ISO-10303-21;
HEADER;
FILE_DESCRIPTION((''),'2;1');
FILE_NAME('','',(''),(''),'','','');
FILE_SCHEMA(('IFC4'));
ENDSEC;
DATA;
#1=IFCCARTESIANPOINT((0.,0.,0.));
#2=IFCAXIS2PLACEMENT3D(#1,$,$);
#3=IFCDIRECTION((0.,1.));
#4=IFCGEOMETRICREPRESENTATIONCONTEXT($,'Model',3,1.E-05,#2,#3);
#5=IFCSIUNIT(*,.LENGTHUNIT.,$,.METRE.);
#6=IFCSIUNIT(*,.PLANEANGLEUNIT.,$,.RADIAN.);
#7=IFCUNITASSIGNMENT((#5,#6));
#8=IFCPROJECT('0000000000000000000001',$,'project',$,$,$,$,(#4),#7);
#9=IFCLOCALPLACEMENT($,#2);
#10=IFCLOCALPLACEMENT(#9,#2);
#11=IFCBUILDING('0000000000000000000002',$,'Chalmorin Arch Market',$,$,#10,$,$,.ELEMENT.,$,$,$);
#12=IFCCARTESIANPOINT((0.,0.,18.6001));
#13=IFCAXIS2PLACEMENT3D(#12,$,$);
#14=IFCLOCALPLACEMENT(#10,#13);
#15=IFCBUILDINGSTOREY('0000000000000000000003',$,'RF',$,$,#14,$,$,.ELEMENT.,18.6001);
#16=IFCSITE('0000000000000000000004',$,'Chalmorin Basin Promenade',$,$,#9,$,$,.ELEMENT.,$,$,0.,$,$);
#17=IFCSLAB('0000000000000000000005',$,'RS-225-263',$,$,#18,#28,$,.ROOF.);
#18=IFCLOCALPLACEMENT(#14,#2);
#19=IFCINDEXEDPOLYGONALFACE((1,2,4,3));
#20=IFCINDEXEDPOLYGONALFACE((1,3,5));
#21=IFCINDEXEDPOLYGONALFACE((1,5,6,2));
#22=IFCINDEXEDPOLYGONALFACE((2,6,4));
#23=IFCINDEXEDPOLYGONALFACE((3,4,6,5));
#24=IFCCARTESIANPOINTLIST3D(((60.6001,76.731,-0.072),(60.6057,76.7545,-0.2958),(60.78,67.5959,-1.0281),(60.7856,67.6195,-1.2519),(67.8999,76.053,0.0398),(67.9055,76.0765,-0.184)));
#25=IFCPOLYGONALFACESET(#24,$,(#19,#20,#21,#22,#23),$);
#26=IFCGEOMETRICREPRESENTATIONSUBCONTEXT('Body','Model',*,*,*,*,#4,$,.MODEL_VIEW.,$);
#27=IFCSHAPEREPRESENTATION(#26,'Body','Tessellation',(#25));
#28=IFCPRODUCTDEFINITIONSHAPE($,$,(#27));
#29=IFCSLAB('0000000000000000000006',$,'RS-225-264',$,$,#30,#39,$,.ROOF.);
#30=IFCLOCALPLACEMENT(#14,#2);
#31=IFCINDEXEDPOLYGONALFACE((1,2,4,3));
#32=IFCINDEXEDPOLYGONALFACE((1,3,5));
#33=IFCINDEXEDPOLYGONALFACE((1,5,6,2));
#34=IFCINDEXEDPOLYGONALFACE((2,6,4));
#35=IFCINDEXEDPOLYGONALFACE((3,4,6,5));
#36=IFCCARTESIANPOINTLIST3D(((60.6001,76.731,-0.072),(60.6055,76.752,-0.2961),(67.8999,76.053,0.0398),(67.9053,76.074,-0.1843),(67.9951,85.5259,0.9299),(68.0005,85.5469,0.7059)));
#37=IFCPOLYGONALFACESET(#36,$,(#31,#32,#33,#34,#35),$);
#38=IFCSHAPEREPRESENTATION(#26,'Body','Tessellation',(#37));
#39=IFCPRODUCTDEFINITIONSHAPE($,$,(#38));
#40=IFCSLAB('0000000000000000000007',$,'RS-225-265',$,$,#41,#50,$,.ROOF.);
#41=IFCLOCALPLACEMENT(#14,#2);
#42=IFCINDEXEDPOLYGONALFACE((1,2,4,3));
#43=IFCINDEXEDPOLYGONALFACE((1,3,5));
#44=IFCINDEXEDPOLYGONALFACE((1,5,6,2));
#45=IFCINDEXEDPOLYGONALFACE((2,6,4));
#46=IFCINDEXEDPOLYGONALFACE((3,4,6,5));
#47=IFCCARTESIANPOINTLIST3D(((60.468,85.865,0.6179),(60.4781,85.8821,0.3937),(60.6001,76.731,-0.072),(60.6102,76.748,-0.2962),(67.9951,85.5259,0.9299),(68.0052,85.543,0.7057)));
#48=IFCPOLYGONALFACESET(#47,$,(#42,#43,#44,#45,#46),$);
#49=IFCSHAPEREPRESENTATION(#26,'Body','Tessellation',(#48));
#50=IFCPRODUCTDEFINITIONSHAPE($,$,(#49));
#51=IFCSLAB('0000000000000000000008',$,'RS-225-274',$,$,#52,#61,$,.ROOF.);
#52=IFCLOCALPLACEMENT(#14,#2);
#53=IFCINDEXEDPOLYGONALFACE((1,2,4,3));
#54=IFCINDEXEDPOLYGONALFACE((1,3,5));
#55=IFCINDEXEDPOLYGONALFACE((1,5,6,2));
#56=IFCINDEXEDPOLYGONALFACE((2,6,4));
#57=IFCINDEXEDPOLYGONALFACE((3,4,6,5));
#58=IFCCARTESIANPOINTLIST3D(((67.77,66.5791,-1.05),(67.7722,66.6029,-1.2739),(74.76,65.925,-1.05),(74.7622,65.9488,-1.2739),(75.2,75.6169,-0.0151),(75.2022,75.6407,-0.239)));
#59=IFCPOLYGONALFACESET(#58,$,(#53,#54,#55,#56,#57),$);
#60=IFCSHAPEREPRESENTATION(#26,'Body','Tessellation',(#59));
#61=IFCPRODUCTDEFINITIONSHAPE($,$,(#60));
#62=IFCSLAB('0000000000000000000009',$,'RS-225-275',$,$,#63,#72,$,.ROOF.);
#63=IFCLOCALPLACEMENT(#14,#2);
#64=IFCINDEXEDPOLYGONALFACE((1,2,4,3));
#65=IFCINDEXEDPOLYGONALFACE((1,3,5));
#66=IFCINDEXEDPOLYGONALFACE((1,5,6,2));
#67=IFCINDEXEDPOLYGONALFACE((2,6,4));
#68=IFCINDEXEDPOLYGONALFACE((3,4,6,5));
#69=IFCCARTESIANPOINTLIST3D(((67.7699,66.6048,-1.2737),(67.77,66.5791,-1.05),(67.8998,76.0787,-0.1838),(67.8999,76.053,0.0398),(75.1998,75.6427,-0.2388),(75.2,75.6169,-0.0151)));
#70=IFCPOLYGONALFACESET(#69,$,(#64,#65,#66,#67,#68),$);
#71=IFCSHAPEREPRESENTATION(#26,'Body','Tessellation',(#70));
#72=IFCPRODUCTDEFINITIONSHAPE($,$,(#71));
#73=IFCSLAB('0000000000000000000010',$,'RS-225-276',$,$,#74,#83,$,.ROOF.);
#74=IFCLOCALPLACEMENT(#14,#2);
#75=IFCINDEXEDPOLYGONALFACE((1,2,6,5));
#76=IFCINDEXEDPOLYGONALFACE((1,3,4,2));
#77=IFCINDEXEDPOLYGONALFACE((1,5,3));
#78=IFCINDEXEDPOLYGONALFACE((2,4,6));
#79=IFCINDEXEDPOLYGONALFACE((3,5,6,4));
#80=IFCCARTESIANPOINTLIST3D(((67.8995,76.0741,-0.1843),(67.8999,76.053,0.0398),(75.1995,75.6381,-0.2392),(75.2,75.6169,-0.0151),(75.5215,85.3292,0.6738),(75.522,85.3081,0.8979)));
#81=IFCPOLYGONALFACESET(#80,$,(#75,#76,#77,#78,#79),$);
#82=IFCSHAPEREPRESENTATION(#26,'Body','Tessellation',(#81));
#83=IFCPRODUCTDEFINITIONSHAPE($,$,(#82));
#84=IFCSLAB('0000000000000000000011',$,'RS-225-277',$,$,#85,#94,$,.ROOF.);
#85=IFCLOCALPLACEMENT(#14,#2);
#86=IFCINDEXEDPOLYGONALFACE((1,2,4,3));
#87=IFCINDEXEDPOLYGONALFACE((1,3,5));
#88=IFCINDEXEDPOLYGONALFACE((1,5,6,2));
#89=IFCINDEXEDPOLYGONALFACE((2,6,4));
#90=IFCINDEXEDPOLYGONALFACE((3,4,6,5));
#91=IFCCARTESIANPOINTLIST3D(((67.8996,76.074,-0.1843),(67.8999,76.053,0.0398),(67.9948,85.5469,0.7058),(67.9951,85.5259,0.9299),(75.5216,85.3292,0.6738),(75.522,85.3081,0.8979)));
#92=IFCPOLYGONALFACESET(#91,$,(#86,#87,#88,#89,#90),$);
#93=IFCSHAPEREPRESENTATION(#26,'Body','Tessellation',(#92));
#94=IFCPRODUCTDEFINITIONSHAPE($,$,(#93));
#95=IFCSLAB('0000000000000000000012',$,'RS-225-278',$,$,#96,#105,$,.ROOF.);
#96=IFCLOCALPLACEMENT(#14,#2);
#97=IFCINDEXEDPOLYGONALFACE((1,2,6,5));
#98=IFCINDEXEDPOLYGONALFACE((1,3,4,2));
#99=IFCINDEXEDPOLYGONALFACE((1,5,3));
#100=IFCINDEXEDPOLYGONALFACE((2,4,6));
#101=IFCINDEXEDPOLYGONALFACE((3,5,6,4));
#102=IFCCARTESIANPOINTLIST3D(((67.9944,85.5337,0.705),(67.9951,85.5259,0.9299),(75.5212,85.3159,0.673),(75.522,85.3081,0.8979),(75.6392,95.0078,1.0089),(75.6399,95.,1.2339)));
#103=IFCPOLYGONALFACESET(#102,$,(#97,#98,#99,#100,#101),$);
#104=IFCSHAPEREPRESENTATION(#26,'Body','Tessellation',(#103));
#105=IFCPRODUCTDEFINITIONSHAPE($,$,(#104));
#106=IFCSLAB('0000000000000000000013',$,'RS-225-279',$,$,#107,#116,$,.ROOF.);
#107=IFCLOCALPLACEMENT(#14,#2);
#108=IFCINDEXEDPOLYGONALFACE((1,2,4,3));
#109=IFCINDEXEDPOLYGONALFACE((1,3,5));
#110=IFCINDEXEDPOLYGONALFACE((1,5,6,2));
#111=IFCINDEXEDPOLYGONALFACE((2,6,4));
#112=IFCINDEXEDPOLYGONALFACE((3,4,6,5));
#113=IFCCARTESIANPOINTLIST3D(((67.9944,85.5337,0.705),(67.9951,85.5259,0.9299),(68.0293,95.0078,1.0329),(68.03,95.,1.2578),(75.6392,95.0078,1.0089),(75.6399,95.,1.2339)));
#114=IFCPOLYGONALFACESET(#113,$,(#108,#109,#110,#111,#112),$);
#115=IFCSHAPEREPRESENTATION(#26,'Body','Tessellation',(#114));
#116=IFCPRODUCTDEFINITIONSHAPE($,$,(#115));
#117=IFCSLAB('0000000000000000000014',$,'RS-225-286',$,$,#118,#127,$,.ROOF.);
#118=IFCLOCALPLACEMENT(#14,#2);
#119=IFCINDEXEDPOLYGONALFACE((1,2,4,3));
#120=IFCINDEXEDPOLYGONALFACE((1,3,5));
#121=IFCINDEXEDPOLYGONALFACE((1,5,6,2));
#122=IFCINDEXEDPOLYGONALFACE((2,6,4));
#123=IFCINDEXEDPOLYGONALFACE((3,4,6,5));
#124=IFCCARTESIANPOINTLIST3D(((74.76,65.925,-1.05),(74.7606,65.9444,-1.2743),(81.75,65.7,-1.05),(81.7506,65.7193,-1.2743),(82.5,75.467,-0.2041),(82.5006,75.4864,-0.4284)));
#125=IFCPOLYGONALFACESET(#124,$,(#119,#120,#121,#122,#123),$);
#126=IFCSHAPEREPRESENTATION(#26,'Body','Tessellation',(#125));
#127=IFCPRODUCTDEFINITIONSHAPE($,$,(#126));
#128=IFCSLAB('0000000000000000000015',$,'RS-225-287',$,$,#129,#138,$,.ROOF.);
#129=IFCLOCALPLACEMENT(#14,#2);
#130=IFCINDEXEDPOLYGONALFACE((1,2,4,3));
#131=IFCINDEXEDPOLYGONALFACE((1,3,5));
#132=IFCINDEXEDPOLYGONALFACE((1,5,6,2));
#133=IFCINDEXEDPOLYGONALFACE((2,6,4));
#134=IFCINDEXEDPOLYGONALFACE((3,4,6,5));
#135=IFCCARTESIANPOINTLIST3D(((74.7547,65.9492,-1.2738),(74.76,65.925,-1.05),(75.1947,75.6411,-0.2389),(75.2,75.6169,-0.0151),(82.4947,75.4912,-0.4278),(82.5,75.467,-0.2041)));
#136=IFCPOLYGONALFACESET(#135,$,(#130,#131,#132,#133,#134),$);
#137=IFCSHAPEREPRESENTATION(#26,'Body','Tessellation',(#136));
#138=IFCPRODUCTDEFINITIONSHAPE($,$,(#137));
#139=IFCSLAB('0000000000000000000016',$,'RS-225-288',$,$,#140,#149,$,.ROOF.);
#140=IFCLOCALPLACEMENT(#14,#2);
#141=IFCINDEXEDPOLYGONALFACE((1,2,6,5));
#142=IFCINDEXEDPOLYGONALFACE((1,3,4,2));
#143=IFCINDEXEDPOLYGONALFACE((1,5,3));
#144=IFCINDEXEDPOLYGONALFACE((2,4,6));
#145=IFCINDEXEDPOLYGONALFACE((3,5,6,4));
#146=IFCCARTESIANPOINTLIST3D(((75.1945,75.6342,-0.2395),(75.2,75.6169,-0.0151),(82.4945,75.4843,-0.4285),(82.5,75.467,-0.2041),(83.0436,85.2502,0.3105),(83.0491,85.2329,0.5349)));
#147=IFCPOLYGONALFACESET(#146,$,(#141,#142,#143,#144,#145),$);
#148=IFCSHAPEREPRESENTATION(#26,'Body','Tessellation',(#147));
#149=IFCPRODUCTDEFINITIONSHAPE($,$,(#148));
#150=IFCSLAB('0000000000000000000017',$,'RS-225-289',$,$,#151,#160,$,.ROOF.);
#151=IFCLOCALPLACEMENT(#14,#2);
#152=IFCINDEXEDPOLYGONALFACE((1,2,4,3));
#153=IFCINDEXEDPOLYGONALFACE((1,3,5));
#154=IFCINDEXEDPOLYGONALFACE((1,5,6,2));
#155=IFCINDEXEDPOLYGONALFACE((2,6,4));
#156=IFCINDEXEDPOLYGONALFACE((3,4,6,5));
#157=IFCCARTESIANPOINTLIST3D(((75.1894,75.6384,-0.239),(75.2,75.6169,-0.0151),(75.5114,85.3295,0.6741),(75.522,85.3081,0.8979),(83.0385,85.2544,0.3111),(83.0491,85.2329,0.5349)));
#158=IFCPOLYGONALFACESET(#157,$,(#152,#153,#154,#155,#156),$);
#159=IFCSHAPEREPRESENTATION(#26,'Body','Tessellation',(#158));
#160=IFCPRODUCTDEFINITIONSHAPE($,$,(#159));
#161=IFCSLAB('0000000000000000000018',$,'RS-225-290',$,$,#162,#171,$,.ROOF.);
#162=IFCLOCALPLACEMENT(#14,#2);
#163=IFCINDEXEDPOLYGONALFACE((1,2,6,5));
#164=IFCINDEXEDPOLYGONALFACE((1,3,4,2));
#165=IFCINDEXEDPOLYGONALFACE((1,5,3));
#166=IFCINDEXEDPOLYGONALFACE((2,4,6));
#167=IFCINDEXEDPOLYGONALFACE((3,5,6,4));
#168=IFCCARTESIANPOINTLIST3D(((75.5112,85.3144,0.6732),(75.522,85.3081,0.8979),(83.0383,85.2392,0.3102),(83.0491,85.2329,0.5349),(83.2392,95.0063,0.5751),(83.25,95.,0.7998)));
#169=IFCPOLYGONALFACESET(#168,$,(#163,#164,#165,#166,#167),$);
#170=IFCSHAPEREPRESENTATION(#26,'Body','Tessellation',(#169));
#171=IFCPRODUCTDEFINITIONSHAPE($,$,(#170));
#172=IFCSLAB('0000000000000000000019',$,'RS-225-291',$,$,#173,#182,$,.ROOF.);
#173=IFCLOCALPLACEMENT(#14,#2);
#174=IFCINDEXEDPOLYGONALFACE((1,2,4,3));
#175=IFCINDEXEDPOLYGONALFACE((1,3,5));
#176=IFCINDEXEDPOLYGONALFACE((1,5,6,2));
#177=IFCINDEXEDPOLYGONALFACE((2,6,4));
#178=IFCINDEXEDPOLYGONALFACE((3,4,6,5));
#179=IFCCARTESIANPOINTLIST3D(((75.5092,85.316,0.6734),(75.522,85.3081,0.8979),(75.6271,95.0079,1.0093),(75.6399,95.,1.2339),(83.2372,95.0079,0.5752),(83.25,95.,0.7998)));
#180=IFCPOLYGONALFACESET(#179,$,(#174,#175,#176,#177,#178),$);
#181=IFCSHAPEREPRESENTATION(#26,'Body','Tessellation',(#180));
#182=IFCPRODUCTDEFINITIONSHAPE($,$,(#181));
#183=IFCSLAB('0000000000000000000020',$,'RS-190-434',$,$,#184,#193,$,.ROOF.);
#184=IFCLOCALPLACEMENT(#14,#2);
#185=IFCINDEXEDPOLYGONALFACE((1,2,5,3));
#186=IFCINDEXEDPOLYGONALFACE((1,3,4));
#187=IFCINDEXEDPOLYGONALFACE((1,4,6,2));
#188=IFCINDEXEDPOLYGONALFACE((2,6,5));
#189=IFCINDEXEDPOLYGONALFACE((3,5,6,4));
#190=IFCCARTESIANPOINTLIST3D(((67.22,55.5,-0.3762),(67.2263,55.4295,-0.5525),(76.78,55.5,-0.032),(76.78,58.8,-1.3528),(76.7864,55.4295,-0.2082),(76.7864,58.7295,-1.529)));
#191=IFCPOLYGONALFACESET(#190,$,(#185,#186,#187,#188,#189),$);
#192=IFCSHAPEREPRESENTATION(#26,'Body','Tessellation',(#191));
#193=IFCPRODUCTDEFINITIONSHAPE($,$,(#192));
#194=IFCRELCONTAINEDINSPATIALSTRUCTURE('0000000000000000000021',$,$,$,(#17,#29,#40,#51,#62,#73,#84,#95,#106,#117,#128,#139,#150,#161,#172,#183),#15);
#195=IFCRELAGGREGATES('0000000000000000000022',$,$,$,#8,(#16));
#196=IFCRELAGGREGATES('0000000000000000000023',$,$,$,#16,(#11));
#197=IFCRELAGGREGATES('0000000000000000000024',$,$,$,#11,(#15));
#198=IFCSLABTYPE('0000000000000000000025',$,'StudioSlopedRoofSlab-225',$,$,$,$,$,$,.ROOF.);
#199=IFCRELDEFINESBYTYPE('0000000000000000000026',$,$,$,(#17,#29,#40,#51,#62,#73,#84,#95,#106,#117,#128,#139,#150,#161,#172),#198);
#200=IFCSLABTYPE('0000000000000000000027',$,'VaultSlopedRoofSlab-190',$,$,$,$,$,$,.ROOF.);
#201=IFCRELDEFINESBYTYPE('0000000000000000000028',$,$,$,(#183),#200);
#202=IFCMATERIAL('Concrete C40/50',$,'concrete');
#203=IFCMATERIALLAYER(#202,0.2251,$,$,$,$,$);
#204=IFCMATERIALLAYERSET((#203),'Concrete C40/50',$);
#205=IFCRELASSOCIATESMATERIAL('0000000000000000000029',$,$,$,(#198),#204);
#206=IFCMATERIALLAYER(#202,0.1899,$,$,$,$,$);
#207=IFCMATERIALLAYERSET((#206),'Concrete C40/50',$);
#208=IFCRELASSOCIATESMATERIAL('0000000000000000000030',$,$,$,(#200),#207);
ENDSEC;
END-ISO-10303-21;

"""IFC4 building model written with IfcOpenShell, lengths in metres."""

from ifc_helpers import new_model, si_unit, direction, frame, origin, place, context, subcontext, project, spatial, polyline, outline, extrude, material, layer, layer_set, type_object, element, save


model = new_model("IFC4")

# Units and contexts
model_context = context("Model", 3, precision=1e-05, world=origin(), true_north=direction((0.0, 1.0)))
body_context = subcontext(model_context, "Body", "Model", "MODEL_VIEW")
ifc_project = project(units=[si_unit("LENGTHUNIT", "METRE"), si_unit("PLANEANGLEUNIT", "RADIAN")], contexts=[model_context])

# Site, building, storey
site_placement = place(None, origin())
site = spatial("IfcSite", under=ifc_project, at=site_placement, Name="Chalmorin Basin Promenade", CompositionType="ELEMENT", RefElevation=0.0)
building_placement = place(site_placement, origin())
building = spatial("IfcBuilding", under=site, at=building_placement, Name="Chalmorin Arch Market", CompositionType="ELEMENT")
storey_placement = place(building_placement, frame((0.0, 0.0, 18.6001)))
storey = spatial("IfcBuildingStorey", under=building, at=storey_placement, Name="RF", CompositionType="ELEMENT", Elevation=18.6001)

# Shared definitions
ifc_material_1 = material(Name="Concrete C40/50", Category="concrete")

# Slabs
ifc_layer_1 = layer(ifc_material_1, 0.2251)
ifc_layer_set_1 = layer_set([ifc_layer_1], Name="Concrete C40/50")
slab_type_1 = type_object("IfcSlabType", Name="StudioSlopedRoofSlab-225", PredefinedType="ROOF", material=ifc_layer_set_1)
slab_1_placement = place(storey_placement, frame((60.78, 67.5959, -1.0281), z_axis=(-0.024939, -0.104543, 0.994208), x_axis=(0.641055, 0.761449, 0.096148)))
element("IfcSlab", 1, at=slab_1_placement, inside=storey, type_object=slab_type_1, Name="RS-225-263", PredefinedType="ROOF", context=body_context, shape_type="SweptSolid", body=[
    extrude(outline(polyline([(0.0, 0.0), (11.1065, 0.0), (6.9324, 6.028), (0.0, 0.0)])), origin(), (0.0, 0.0, -1.0), 0.2251),
])
slab_2_placement = place(storey_placement, frame((60.6001, 76.731, -0.072), z_axis=(-0.023911, -0.09329, 0.995352), x_axis=(0.995599, -0.092467, 0.01525)))
element("IfcSlab", 2, at=slab_2_placement, inside=storey, type_object=slab_type_1, Name="RS-225-264", PredefinedType="ROOF", context=body_context, shape_type="SweptSolid", body=[
    extrude(outline(polyline([(0.0, 0.0), (7.3321, 0.0), (6.5645, 9.4841), (0.0, 0.0)])), origin(), (0.0, 0.0, -1.0), 0.2251),
])
slab_3_placement = place(storey_placement, frame((60.6001, 76.731, -0.072), z_axis=(-0.04471, -0.075888, 0.996113), x_axis=(0.641131, 0.762499, 0.086867)))
element("IfcSlab", 3, at=slab_3_placement, inside=storey, type_object=slab_type_1, Name="RS-225-265", PredefinedType="ROOF", context=body_context, shape_type="SweptSolid", body=[
    extrude(outline(polyline([(0.0, 0.0), (11.5343, 0.0), (6.9399, 5.9801), (0.0, 0.0)])), origin(), (0.0, 0.0, -1.0), 0.2251),
])
slab_4_placement = place(storey_placement, frame((67.77, 66.5791, -1.05), z_axis=(-0.009893, -0.105728, 0.994346), x_axis=(0.995651, -0.093163, 0.0)))
element("IfcSlab", 4, at=slab_4_placement, inside=storey, type_object=slab_type_1, Name="RS-225-274", PredefinedType="ROOF", context=body_context, shape_type="SweptSolid", body=[
    extrude(outline(polyline([(0.0, 0.0), (7.0205, 0.0), (6.5556, 9.7458), (0.0, 0.0)])), origin(), (0.0, 0.0, -1.0), 0.2251),
])
slab_5_placement = place(storey_placement, frame((67.77, 66.5791, -1.05), z_axis=(0.000649, -0.114292, 0.993447), x_axis=(0.632575, 0.769471, 0.088111)))
element("IfcSlab", 5, at=slab_5_placement, inside=storey, type_object=slab_type_1, Name="RS-225-275", PredefinedType="ROOF", context=body_context, shape_type="SweptSolid", body=[
    extrude(outline(polyline([(0.0, 0.0), (11.7455, 0.0), (7.4681, 5.9319), (0.0, 0.0)])), origin(), (0.0, 0.0, -1.0), 0.2251),
])
slab_6_placement = place(storey_placement, frame((67.8999, 76.053, 0.0398), z_axis=(0.001885, -0.093865, 0.995583), x_axis=(0.998193, -0.059622, -0.007511)))
element("IfcSlab", 6, at=slab_6_placement, inside=storey, type_object=slab_type_1, Name="RS-225-276", PredefinedType="ROOF", context=body_context, shape_type="SweptSolid", body=[
    extrude(outline(polyline([(0.0, 0.0), (7.3133, 0.0), (7.05, 9.7358), (0.0, 0.0)])), origin(), (0.0, 0.0, -1.0), 0.2251),
])
slab_7_placement = place(storey_placement, frame((67.8999, 76.053, 0.0398), z_axis=(0.001523, -0.09357, 0.995612), x_axis=(0.634095, 0.769952, 0.071392)))
element("IfcSlab", 7, at=slab_7_placement, inside=storey, type_object=slab_type_1, Name="RS-225-277", PredefinedType="ROOF", context=body_context, shape_type="SweptSolid", body=[
    extrude(outline(polyline([(0.0, 0.0), (12.0204, 0.0), (7.4176, 5.9596), (0.0, 0.0)])), origin(), (0.0, 0.0, -1.0), 0.2251),
])
slab_8_placement = place(storey_placement, frame((67.9951, 85.5259, 0.9299), z_axis=(0.003243, -0.03468, 0.999393), x_axis=(0.999573, -0.02892, -0.004247)))
element("IfcSlab", 8, at=slab_8_placement, inside=storey, type_object=slab_type_1, Name="RS-225-278", PredefinedType="ROOF", context=body_context, shape_type="SweptSolid", body=[
    extrude(outline(polyline([(0.0, 0.0), (7.5301, 0.0), (7.3662, 9.697), (0.0, 0.0)])), origin(), (0.0, 0.0, -1.0), 0.2251),
])
slab_9_placement = place(storey_placement, frame((67.9951, 85.5259, 0.9299), z_axis=(0.003142, -0.034599, 0.999396), x_axis=(0.627774, 0.777996, 0.02496)))
element("IfcSlab", 9, at=slab_9_placement, inside=storey, type_object=slab_type_1, Name="RS-225-279", PredefinedType="ROOF", context=body_context, shape_type="SweptSolid", body=[
    extrude(outline(polyline([(0.0, 0.0), (12.1776, 0.0), (7.4009, 5.924), (0.0, 0.0)])), origin(), (0.0, 0.0, -1.0), 0.2251),
])
slab_10_placement = place(storey_placement, frame((74.76, 65.925, -1.05), z_axis=(-0.002772, -0.086077, 0.996285), x_axis=(0.999482, -0.032186, 0.0)))
element("IfcSlab", 10, at=slab_10_placement, inside=storey, type_object=slab_type_1, Name="RS-225-286", PredefinedType="ROOF", context=body_context, shape_type="SweptSolid", body=[
    extrude(outline(polyline([(0.0, 0.0), (6.9936, 0.0), (7.4289, 9.8227), (0.0, 0.0)])), origin(), (0.0, 0.0, -1.0), 0.2251),
])
slab_11_placement = place(storey_placement, frame((74.76, 65.925, -1.05), z_axis=(0.023528, -0.107204, 0.993959), x_axis=(0.628473, 0.774792, 0.068689)))
element("IfcSlab", 11, at=slab_11_placement, inside=storey, type_object=slab_type_1, Name="RS-225-287", PredefinedType="ROOF", context=body_context, shape_type="SweptSolid", body=[
    extrude(outline(polyline([(0.0, 0.0), (12.3155, 0.0), (7.8568, 5.7852), (0.0, 0.0)])), origin(), (0.0, 0.0, -1.0), 0.2251),
])
slab_12_placement = place(storey_placement, frame((75.2, 75.6169, -0.0151), z_axis=(0.024225, -0.076789, 0.996753), x_axis=(0.999455, -0.020523, -0.025871)))
element("IfcSlab", 12, at=slab_12_placement, inside=storey, type_object=slab_type_1, Name="RS-225-288", PredefinedType="ROOF", context=body_context, shape_type="SweptSolid", body=[
    extrude(outline(polyline([(0.0, 0.0), (7.304, 0.0), (7.6333, 9.8036), (0.0, 0.0)])), origin(), (0.0, 0.0, -1.0), 0.2251),
])
slab_13_placement = place(storey_placement, frame((75.2, 75.6169, -0.0151), z_axis=(0.047006, -0.095247, 0.994343), x_axis=(0.631725, 0.773927, 0.04427)))
element("IfcSlab", 13, at=slab_13_placement, inside=storey, type_object=slab_type_1, Name="RS-225-289", PredefinedType="ROOF", context=body_context, shape_type="SweptSolid", body=[
    extrude(outline(polyline([(0.0, 0.0), (12.4249, 0.0), (7.7441, 5.9063), (0.0, 0.0)])), origin(), (0.0, 0.0, -1.0), 0.2251),
])
slab_14_placement = place(storey_placement, frame((75.522, 85.3081, 0.8979), z_axis=(0.047876, -0.028064, 0.998459), x_axis=(0.998789, -0.009978, -0.048172)))
element("IfcSlab", 14, at=slab_14_placement, inside=storey, type_object=slab_type_1, Name="RS-225-290", PredefinedType="ROOF", context=body_context, shape_type="SweptSolid", body=[
    extrude(outline(polyline([(0.0, 0.0), (7.5362, 0.0), (7.6267, 9.7723), (0.0, 0.0)])), origin(), (0.0, 0.0, -1.0), 0.2251),
])
slab_15_placement = place(storey_placement, frame((75.522, 85.3081, 0.8979), z_axis=(0.056912, -0.035276, 0.997756), x_axis=(0.623421, 0.781846, -0.007917)))
element("IfcSlab", 15, at=slab_15_placement, inside=storey, type_object=slab_type_1, Name="RS-225-291", PredefinedType="ROOF", context=body_context, shape_type="SweptSolid", body=[
    extrude(outline(polyline([(0.0, 0.0), (12.3962, 0.0), (7.6484, 5.9633), (0.0, 0.0)])), origin(), (0.0, 0.0, -1.0), 0.2251),
])
ifc_layer_2 = layer(ifc_material_1, 0.1899)
ifc_layer_set_2 = layer_set([ifc_layer_2], Name="Concrete C40/50")
slab_type_2 = type_object("IfcSlabType", Name="VaultSlopedRoofSlab-190", PredefinedType="ROOF", material=ifc_layer_set_2)
slab_16_placement = place(storey_placement, frame((67.22, 55.5, -0.3762), z_axis=(-0.033411, 0.371373, 0.927883), x_axis=(0.999352, 0.0, 0.035985)))
element("IfcSlab", 16, at=slab_16_placement, inside=storey, type_object=slab_type_2, Name="RS-190-434", PredefinedType="ROOF", context=body_context, shape_type="SweptSolid", body=[
    extrude(outline(polyline([(0.0, 0.0), (9.5663, 0.0), (9.5187, 3.5542), (0.0, 0.0)])), origin(), (0.0, 0.0, -1.0), 0.1899),
])

save(model, "model.ifc")
